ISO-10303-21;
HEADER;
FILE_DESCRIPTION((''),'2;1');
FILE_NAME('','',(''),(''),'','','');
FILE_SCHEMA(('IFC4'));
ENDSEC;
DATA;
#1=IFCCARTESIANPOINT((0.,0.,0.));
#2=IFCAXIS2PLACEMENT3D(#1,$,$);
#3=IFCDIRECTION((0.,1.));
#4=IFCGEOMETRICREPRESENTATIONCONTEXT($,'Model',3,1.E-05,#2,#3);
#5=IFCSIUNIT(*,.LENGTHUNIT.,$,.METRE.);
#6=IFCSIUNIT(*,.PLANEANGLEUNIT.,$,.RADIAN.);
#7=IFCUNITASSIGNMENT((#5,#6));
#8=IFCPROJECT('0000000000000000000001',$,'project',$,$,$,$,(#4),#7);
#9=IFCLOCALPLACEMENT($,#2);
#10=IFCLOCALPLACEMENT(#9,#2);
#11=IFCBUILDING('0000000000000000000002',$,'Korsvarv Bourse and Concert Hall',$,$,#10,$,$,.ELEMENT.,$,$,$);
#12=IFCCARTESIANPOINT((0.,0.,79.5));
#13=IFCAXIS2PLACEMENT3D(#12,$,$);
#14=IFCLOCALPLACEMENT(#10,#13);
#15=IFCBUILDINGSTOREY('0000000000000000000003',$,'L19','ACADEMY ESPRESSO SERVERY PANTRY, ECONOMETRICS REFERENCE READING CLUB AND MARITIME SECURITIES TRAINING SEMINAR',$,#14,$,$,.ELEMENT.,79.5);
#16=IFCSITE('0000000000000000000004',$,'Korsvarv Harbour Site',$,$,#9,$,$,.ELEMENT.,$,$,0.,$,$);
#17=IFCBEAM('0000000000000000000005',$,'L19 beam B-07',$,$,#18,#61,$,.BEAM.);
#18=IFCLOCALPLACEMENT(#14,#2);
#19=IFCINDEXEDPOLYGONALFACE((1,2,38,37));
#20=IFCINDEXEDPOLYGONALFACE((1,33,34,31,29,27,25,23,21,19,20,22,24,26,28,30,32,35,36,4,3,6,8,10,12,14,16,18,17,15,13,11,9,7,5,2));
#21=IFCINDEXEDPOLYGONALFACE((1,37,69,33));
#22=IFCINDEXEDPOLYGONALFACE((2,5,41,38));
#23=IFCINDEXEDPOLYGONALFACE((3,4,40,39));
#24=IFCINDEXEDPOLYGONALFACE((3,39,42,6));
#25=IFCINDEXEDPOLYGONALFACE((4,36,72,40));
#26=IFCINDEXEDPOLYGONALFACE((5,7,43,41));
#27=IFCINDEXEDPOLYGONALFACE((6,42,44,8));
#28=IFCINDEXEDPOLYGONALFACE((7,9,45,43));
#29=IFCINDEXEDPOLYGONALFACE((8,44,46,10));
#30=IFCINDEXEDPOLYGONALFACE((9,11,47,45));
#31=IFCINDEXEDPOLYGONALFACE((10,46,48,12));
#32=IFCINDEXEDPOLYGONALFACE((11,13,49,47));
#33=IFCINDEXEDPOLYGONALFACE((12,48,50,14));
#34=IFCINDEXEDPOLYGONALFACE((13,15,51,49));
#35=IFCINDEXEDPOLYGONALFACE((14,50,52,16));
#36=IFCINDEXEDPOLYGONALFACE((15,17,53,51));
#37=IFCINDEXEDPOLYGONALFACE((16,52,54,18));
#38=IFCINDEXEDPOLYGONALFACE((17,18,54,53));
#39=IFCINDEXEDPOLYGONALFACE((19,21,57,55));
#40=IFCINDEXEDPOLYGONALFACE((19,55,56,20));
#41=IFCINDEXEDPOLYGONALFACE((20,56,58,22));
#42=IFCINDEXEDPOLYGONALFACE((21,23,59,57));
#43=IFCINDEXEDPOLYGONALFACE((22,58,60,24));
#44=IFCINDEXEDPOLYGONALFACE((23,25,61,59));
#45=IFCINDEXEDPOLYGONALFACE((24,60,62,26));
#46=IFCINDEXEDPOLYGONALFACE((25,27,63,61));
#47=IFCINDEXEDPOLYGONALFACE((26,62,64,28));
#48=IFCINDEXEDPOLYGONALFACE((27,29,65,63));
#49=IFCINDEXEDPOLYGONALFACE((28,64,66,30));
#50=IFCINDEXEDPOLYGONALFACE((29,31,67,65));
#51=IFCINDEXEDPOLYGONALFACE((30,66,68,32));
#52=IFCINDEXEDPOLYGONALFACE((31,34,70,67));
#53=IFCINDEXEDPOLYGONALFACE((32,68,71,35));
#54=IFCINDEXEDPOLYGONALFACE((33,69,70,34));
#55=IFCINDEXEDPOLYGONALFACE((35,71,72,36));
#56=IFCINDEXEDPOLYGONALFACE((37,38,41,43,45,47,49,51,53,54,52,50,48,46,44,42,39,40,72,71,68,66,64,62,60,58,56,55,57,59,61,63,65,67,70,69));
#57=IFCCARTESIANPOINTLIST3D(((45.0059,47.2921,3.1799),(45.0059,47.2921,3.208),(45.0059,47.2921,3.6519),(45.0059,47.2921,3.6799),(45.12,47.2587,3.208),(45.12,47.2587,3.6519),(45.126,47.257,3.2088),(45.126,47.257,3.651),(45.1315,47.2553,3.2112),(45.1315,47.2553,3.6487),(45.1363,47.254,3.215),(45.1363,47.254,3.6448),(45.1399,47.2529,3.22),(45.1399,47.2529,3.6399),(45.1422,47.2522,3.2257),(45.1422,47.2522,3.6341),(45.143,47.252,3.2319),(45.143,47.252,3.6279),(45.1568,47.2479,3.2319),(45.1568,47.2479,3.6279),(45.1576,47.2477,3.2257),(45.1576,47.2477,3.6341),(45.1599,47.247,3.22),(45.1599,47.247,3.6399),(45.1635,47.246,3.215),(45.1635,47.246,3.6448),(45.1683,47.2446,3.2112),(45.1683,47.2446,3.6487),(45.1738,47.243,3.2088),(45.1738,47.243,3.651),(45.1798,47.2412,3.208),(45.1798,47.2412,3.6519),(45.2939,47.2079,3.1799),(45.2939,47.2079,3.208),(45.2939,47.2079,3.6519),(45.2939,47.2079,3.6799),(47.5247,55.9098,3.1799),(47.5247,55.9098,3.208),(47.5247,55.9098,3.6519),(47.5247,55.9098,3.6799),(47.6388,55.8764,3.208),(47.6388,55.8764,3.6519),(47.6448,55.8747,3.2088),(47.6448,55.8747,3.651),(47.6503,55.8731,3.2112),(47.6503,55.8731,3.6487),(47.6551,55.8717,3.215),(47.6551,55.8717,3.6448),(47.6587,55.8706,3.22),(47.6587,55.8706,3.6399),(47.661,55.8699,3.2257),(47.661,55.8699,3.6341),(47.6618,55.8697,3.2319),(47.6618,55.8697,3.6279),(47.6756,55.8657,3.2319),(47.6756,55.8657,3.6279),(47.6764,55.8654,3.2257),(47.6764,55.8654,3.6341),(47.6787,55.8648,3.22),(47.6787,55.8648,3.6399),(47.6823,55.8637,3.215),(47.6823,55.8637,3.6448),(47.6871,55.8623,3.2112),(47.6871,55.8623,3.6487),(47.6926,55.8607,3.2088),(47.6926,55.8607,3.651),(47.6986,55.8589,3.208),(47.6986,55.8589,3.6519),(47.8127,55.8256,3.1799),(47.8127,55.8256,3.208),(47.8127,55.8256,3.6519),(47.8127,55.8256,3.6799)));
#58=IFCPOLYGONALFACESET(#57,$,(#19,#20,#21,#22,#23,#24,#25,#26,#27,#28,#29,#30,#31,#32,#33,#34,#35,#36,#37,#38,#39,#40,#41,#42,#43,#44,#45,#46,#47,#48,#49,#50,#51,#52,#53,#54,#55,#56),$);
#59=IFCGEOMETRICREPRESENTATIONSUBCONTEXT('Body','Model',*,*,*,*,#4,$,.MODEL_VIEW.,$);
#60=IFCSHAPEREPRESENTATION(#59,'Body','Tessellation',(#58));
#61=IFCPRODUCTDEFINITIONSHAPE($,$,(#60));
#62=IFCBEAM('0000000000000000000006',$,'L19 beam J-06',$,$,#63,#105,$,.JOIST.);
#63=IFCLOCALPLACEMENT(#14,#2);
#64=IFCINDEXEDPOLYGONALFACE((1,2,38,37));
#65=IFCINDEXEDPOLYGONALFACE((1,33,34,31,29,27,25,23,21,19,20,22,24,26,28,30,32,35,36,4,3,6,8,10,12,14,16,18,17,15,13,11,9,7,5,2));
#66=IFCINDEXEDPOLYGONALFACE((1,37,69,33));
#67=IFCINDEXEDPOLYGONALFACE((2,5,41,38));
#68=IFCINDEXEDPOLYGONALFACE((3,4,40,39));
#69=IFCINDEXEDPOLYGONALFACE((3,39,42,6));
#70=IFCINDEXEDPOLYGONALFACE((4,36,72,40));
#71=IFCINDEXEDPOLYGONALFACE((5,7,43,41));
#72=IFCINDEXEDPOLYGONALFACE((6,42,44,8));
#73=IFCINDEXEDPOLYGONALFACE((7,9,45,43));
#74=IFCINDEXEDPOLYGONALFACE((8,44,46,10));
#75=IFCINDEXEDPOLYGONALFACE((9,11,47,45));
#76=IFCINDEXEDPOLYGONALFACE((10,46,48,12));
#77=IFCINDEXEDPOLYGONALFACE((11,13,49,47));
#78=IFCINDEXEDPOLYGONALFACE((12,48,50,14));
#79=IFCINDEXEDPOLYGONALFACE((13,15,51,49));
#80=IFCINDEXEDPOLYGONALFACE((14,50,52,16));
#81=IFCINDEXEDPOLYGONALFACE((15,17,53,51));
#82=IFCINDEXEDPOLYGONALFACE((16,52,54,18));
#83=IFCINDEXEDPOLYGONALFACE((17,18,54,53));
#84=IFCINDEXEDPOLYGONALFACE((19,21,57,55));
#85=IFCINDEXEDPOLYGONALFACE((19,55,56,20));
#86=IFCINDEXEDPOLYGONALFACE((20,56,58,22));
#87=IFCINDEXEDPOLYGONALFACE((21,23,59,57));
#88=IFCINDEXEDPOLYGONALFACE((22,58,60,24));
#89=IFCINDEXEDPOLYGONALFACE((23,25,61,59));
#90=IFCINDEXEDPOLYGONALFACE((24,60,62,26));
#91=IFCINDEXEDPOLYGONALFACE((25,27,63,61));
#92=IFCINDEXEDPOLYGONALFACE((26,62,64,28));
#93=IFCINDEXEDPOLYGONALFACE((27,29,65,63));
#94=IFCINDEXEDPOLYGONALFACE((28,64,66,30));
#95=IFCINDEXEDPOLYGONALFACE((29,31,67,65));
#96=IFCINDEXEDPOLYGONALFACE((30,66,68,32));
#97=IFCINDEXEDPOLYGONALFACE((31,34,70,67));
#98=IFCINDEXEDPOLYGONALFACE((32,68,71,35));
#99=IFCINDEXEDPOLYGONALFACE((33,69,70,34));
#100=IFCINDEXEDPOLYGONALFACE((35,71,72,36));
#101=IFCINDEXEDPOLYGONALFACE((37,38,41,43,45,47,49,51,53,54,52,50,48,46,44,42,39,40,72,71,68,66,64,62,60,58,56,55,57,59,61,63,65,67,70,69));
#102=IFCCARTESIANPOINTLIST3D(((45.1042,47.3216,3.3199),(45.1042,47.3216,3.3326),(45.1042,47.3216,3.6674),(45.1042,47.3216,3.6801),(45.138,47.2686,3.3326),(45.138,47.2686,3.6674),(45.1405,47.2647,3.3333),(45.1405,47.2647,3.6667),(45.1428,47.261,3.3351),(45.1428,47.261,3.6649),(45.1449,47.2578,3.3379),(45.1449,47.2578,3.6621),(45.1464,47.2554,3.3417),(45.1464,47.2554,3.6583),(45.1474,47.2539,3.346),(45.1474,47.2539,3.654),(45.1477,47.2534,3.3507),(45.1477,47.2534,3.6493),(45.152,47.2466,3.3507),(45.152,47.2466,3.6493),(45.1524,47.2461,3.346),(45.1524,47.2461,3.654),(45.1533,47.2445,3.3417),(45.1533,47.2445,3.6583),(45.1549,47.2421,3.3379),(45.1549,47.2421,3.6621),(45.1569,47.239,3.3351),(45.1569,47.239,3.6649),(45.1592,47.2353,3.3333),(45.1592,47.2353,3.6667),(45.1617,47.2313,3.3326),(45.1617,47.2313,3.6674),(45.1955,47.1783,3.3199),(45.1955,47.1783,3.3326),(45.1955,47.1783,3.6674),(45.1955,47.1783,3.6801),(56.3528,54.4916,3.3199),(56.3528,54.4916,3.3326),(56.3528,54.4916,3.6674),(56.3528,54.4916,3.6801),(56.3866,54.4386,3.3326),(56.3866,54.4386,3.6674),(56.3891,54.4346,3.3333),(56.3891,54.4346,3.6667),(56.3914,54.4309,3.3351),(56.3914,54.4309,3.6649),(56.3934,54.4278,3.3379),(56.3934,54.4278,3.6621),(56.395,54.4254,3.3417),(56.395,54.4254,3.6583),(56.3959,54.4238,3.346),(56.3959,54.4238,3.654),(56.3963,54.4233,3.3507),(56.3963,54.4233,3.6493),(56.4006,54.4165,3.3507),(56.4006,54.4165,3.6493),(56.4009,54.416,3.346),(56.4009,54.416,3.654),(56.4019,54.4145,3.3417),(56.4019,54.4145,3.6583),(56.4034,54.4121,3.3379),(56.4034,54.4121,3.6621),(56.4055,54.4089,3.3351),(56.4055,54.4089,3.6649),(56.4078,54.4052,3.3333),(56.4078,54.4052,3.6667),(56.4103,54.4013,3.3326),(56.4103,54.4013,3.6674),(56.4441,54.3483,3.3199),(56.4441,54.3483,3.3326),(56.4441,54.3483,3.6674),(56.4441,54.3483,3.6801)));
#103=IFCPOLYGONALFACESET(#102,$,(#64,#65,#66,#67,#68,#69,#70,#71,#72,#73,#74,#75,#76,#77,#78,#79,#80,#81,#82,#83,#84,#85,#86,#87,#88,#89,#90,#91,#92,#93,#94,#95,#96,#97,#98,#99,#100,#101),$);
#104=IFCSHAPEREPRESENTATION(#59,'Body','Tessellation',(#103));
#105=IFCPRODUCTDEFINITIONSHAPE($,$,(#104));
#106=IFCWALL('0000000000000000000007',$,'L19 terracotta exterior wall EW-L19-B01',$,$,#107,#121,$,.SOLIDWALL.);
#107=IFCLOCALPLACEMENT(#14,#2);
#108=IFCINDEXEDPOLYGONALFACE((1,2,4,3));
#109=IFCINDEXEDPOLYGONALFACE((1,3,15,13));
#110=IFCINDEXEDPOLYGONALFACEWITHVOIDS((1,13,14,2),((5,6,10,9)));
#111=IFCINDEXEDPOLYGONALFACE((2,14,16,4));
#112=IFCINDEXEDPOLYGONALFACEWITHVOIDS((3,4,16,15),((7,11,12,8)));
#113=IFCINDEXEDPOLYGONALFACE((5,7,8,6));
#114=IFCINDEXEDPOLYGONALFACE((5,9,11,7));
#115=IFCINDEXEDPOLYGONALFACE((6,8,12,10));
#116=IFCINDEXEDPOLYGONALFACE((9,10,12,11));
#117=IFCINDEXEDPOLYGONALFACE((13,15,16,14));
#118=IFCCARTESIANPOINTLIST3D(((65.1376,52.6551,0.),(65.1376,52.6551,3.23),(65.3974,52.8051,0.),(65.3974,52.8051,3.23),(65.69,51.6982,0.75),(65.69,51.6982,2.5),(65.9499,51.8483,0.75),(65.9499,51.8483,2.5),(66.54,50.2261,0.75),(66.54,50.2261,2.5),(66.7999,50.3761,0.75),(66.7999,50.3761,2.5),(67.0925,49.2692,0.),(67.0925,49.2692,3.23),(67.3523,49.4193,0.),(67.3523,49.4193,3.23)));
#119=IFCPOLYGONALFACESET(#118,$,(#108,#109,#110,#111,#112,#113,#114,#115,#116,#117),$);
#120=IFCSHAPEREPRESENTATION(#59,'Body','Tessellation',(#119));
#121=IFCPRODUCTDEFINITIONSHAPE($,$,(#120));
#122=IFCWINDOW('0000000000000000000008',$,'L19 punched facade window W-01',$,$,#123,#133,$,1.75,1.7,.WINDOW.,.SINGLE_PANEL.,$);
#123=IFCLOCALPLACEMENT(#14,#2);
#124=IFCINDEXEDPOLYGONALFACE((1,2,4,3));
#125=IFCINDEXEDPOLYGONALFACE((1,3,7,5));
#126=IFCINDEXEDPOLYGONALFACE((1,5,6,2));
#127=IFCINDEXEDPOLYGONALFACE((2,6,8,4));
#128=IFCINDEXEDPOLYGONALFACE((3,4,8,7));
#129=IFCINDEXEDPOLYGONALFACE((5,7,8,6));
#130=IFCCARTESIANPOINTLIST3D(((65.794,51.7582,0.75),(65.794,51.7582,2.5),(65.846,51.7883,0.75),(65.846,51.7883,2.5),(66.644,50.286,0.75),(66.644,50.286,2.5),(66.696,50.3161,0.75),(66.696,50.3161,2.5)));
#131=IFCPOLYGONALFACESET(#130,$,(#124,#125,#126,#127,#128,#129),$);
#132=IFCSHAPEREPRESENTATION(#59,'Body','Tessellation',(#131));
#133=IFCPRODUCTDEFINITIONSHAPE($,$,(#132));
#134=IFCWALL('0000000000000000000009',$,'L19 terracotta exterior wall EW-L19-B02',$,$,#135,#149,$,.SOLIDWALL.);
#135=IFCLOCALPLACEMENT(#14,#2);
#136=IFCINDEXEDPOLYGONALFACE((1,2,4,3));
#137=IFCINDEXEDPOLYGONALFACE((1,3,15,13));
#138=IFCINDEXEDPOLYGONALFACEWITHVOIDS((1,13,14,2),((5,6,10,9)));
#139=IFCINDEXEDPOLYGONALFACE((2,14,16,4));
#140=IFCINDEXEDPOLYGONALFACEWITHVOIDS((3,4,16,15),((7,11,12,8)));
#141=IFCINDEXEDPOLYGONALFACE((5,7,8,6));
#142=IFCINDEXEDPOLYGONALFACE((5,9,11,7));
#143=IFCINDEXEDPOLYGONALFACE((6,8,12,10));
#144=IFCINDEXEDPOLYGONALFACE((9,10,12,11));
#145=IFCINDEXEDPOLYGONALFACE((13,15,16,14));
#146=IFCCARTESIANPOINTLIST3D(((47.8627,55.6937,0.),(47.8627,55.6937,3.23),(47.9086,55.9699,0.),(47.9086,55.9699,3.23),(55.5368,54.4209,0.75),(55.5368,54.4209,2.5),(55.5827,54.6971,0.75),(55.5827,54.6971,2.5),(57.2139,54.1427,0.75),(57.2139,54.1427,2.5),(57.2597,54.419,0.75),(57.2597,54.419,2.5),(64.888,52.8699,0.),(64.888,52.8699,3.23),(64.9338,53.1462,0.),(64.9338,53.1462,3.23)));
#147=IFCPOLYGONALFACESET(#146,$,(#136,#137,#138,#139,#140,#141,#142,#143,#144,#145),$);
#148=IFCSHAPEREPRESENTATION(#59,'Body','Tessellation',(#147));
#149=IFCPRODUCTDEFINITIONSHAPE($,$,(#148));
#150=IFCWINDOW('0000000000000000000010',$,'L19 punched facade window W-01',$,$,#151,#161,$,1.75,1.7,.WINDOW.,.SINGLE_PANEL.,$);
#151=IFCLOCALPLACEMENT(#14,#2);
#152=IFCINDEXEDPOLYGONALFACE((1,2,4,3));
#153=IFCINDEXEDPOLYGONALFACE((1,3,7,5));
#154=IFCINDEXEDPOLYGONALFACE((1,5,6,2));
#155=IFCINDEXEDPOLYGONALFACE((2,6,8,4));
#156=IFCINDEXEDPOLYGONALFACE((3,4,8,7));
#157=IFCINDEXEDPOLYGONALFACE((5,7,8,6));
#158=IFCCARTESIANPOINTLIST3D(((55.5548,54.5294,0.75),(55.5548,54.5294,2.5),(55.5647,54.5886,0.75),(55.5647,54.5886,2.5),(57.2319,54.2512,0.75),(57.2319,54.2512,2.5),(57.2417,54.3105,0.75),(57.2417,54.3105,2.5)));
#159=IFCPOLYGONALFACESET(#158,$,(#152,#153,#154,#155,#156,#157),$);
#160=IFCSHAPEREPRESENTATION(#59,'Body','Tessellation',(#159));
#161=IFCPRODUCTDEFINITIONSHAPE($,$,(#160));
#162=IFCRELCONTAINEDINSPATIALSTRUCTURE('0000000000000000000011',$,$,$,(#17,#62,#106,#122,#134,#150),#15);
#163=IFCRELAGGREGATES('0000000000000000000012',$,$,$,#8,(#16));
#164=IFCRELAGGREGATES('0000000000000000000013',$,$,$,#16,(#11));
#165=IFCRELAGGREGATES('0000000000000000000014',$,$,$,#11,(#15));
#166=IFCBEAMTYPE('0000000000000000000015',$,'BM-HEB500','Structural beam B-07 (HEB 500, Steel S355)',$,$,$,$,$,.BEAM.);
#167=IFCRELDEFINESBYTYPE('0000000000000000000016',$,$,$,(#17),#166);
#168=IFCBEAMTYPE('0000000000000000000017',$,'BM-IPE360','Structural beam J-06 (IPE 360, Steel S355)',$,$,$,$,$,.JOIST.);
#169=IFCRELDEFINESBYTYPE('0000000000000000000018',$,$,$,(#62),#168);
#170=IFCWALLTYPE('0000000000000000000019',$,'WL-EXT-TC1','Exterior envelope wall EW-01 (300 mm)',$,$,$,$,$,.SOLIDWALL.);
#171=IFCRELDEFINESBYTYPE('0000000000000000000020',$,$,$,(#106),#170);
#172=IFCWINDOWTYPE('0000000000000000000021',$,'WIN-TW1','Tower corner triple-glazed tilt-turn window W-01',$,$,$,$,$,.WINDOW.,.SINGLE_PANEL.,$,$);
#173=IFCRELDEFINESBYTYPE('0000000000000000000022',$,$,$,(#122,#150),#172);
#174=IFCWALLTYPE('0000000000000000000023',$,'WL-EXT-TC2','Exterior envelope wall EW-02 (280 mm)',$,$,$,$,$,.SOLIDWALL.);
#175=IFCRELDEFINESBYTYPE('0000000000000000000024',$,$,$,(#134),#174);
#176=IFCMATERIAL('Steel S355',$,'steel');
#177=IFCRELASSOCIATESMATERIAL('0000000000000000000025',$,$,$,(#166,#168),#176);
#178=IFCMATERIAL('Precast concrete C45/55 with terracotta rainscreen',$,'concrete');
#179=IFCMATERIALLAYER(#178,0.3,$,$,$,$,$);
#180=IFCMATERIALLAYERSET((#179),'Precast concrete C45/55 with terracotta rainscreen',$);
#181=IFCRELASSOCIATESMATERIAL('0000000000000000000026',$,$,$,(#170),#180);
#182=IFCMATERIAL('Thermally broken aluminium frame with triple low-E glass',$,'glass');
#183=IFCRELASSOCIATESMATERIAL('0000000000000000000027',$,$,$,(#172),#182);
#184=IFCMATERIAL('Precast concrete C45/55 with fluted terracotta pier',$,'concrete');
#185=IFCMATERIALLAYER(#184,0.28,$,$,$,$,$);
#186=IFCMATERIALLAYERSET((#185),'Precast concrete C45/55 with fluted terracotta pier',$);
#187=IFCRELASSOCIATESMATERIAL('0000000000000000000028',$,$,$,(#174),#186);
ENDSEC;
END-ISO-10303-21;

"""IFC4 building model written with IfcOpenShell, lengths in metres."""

from ifc_helpers import new_model, si_unit, direction, frame, frame_2d, origin, origin_2d, place, context, subcontext, project, spatial, rectangle, i_section, extrude, source, transform, mapped, material, layer, layer_set, material_profile, profile_set, type_object, element, fill, save


model = new_model("IFC4")

# Units and contexts
model_context = context("Model", 3, precision=1e-05, world=origin(), true_north=direction((0.0, 1.0)))
body_context = subcontext(model_context, "Body", "Model", "MODEL_VIEW")
ifc_project = project(units=[si_unit("LENGTHUNIT", "METRE"), si_unit("PLANEANGLEUNIT", "RADIAN")], contexts=[model_context])

# Site, building, storey
site_placement = place(None, origin())
site = spatial("IfcSite", under=ifc_project, at=site_placement, Name="Korsvarv Harbour Site", CompositionType="ELEMENT", RefElevation=0.0)
building_placement = place(site_placement, origin())
building = spatial("IfcBuilding", under=site, at=building_placement, Name="Korsvarv Bourse and Concert Hall", CompositionType="ELEMENT")
storey_placement = place(building_placement, frame((0.0, 0.0, 79.5)))
storey = spatial("IfcBuildingStorey", under=building, at=storey_placement, Name="L19", Description="ACADEMY ESPRESSO SERVERY PANTRY, ECONOMETRICS REFERENCE READING CLUB AND MARITIME SECURITIES TRAINING SEMINAR", CompositionType="ELEMENT", Elevation=79.5)

# Beams
ifc_material_1 = material(Name="Steel S355", Category="steel")
ifc_material_profile_1 = material_profile(ifc_material_1, i_section(OverallWidth=0.3, OverallDepth=0.5, WebThickness=0.0144, FlangeThickness=0.0281, FilletRadius=0.0239, at=origin_2d()), Name="HEB 500")
ifc_profile_set_1 = profile_set([ifc_material_profile_1], Name="Steel S355")
beam_type_1 = type_object("IfcBeamType", Name="BM-HEB500", Description="Structural beam B-07 (HEB 500, Steel S355)", PredefinedType="BEAM", material=ifc_profile_set_1)
shared_shape_1 = source(origin(), body_context, "Body", "SweptSolid", [
    extrude(i_section(OverallWidth=0.3, OverallDepth=0.5, WebThickness=0.0144, FlangeThickness=0.0281, FilletRadius=0.0239, at=origin_2d()), origin(), (0.0, 0.0, 1.0), 8.9783),
])
beam_1_placement = place(storey_placement, frame((47.6687, 55.8677, 3.4299), z_axis=(-0.280545, -0.959841, 0.0), x_axis=(0.959841, -0.280545, 0.0)))
element("IfcBeam", 1, at=beam_1_placement, inside=storey, type_object=beam_type_1, Name="L19 beam B-07", PredefinedType="BEAM", context=body_context, shape_type="MappedRepresentation", body=[
    mapped(shared_shape_1, transform((0.0, 0.0, 0.0), scale=1.0)),
])
ifc_material_profile_2 = material_profile(ifc_material_1, i_section(OverallWidth=0.1699, OverallDepth=0.3601, WebThickness=0.0081, FlangeThickness=0.0127, FilletRadius=0.0181, at=origin_2d()), Name="IPE 360")
ifc_profile_set_2 = profile_set([ifc_material_profile_2], Name="Steel S355")
beam_type_2 = type_object("IfcBeamType", Name="BM-IPE360", Description="Structural beam J-06 (IPE 360, Steel S355)", PredefinedType="JOIST", material=ifc_profile_set_2)
shared_shape_2 = source(origin(), body_context, "Body", "SweptSolid", [
    extrude(i_section(OverallWidth=0.1699, OverallDepth=0.3601, WebThickness=0.0081, FlangeThickness=0.0127, FilletRadius=0.0181, at=origin_2d()), origin(), (0.0, 0.0, 1.0), 13.3394),
])
beam_2_placement = place(storey_placement, frame((56.3984, 54.4199, 3.5), z_axis=(-0.843262, -0.537503, 0.0), x_axis=(0.537503, -0.843262, 0.0)))
element("IfcBeam", 2, at=beam_2_placement, inside=storey, type_object=beam_type_2, Name="L19 beam J-06", PredefinedType="JOIST", context=body_context, shape_type="MappedRepresentation", body=[
    mapped(shared_shape_2, transform((0.0, 0.0, 0.0), scale=1.0)),
])

# Walls, openings, windows
ifc_material_2 = material(Name="Precast concrete C45/55 with terracotta rainscreen", Category="concrete")
ifc_layer_1 = layer(ifc_material_2, 0.3)
ifc_layer_set_1 = layer_set([ifc_layer_1], Name="Precast concrete C45/55 with terracotta rainscreen")
wall_type_1 = type_object("IfcWallType", Name="WL-EXT-TC1", Description="Exterior envelope wall EW-01 (300 mm)", PredefinedType="SOLIDWALL", material=ifc_layer_set_1)
wall_1_placement = place(storey_placement, frame((67.2224, 49.3442, 0.0), z_axis=(0.0, 0.0, 1.0), x_axis=(-0.500014, 0.866017, 0.0)))
wall_1 = element("IfcWall", 3, at=wall_1_placement, inside=storey, type_object=wall_type_1, Name="L19 terracotta exterior wall EW-L19-B01", PredefinedType="SOLIDWALL", context=body_context, shape_type="SweptSolid", body=[
    extrude(rectangle(XDim=3.9097, YDim=0.3, at=frame_2d((1.9548, 0.0))), origin(), (0.0, 0.0, 1.0), 3.23),
])
opening_1_placement = place(wall_1_placement, frame((1.1047, 0.0, 0.75)))
opening_1 = element("IfcOpeningElement", 4, at=opening_1_placement, cuts=wall_1, PredefinedType="OPENING", context=body_context, shape_type="SweptSolid", body=[
    extrude(rectangle(XDim=1.7, YDim=1.75, at=frame_2d((0.8501, 0.875))), frame((0.0, 0.1602, 0.0), z_axis=(0.0, -1.0, 0.0), x_axis=(1.0, 0.0, 0.0)), (0.0, 0.0, 1.0), 0.3201),
])
ifc_material_3 = material(Name="Thermally broken aluminium frame with triple low-E glass", Category="glass")
window_type = type_object("IfcWindowType", Name="WIN-TW1", Description="Tower corner triple-glazed tilt-turn window W-01", PartitioningType="SINGLE_PANEL", PredefinedType="WINDOW", material=ifc_material_3)
window_1_placement = place(opening_1_placement, origin())
window_1 = element("IfcWindow", 5, at=window_1_placement, inside=storey, type_object=window_type, Name="L19 punched facade window W-01", OverallHeight=1.75, OverallWidth=1.7, PartitioningType="SINGLE_PANEL", PredefinedType="WINDOW", context=body_context, shape_type="SweptSolid", body=[
    extrude(rectangle(XDim=1.7, YDim=1.75, at=frame_2d((0.8501, 0.875))), frame((0.0, 0.03, 0.0), z_axis=(0.0, -1.0, 0.0), x_axis=(1.0, 0.0, 0.0)), (0.0, 0.0, 1.0), 0.0601),
])
fill(opening_1, window_1)
ifc_material_4 = material(Name="Precast concrete C45/55 with fluted terracotta pier", Category="concrete")
ifc_layer_2 = layer(ifc_material_4, 0.28)
ifc_layer_set_2 = layer_set([ifc_layer_2], Name="Precast concrete C45/55 with fluted terracotta pier")
wall_type_2 = type_object("IfcWallType", Name="WL-EXT-TC2", Description="Exterior envelope wall EW-02 (280 mm)", PredefinedType="SOLIDWALL", material=ifc_layer_set_2)
wall_2_placement = place(storey_placement, frame((64.9109, 53.0081, 0.0), z_axis=(0.0, 0.0, 1.0), x_axis=(-0.986523, 0.163621, 0.0)))
wall_2 = element("IfcWall", 6, at=wall_2_placement, inside=storey, type_object=wall_type_2, Name="L19 terracotta exterior wall EW-L19-B02", PredefinedType="SOLIDWALL", context=body_context, shape_type="SweptSolid", body=[
    extrude(rectangle(XDim=17.2578, YDim=0.28, at=frame_2d((8.6289, 0.0))), origin(), (0.0, 0.0, 1.0), 3.23),
])
opening_2_placement = place(wall_2_placement, frame((7.7788, 0.0, 0.75)))
opening_2 = element("IfcOpeningElement", 7, at=opening_2_placement, cuts=wall_2, PredefinedType="OPENING", context=body_context, shape_type="SweptSolid", body=[
    extrude(rectangle(XDim=1.7, YDim=1.75, at=frame_2d((0.8501, 0.875))), frame((0.0, 0.1499, 0.0), z_axis=(0.0, -1.0, 0.0), x_axis=(1.0, 0.0, 0.0)), (0.0, 0.0, 1.0), 0.3),
])
window_2_placement = place(opening_2_placement, origin())
window_2 = element("IfcWindow", 8, at=window_2_placement, inside=storey, type_object=window_type, Name="L19 punched facade window W-01", OverallHeight=1.75, OverallWidth=1.7, PartitioningType="SINGLE_PANEL", PredefinedType="WINDOW", context=body_context, shape_type="SweptSolid", body=[
    extrude(rectangle(XDim=1.7, YDim=1.75, at=frame_2d((0.8501, 0.875))), frame((0.0, 0.03, 0.0), z_axis=(0.0, -1.0, 0.0), x_axis=(1.0, 0.0, 0.0)), (0.0, 0.0, 1.0), 0.0601),
])
fill(opening_2, window_2)

save(model, "model.ifc")
